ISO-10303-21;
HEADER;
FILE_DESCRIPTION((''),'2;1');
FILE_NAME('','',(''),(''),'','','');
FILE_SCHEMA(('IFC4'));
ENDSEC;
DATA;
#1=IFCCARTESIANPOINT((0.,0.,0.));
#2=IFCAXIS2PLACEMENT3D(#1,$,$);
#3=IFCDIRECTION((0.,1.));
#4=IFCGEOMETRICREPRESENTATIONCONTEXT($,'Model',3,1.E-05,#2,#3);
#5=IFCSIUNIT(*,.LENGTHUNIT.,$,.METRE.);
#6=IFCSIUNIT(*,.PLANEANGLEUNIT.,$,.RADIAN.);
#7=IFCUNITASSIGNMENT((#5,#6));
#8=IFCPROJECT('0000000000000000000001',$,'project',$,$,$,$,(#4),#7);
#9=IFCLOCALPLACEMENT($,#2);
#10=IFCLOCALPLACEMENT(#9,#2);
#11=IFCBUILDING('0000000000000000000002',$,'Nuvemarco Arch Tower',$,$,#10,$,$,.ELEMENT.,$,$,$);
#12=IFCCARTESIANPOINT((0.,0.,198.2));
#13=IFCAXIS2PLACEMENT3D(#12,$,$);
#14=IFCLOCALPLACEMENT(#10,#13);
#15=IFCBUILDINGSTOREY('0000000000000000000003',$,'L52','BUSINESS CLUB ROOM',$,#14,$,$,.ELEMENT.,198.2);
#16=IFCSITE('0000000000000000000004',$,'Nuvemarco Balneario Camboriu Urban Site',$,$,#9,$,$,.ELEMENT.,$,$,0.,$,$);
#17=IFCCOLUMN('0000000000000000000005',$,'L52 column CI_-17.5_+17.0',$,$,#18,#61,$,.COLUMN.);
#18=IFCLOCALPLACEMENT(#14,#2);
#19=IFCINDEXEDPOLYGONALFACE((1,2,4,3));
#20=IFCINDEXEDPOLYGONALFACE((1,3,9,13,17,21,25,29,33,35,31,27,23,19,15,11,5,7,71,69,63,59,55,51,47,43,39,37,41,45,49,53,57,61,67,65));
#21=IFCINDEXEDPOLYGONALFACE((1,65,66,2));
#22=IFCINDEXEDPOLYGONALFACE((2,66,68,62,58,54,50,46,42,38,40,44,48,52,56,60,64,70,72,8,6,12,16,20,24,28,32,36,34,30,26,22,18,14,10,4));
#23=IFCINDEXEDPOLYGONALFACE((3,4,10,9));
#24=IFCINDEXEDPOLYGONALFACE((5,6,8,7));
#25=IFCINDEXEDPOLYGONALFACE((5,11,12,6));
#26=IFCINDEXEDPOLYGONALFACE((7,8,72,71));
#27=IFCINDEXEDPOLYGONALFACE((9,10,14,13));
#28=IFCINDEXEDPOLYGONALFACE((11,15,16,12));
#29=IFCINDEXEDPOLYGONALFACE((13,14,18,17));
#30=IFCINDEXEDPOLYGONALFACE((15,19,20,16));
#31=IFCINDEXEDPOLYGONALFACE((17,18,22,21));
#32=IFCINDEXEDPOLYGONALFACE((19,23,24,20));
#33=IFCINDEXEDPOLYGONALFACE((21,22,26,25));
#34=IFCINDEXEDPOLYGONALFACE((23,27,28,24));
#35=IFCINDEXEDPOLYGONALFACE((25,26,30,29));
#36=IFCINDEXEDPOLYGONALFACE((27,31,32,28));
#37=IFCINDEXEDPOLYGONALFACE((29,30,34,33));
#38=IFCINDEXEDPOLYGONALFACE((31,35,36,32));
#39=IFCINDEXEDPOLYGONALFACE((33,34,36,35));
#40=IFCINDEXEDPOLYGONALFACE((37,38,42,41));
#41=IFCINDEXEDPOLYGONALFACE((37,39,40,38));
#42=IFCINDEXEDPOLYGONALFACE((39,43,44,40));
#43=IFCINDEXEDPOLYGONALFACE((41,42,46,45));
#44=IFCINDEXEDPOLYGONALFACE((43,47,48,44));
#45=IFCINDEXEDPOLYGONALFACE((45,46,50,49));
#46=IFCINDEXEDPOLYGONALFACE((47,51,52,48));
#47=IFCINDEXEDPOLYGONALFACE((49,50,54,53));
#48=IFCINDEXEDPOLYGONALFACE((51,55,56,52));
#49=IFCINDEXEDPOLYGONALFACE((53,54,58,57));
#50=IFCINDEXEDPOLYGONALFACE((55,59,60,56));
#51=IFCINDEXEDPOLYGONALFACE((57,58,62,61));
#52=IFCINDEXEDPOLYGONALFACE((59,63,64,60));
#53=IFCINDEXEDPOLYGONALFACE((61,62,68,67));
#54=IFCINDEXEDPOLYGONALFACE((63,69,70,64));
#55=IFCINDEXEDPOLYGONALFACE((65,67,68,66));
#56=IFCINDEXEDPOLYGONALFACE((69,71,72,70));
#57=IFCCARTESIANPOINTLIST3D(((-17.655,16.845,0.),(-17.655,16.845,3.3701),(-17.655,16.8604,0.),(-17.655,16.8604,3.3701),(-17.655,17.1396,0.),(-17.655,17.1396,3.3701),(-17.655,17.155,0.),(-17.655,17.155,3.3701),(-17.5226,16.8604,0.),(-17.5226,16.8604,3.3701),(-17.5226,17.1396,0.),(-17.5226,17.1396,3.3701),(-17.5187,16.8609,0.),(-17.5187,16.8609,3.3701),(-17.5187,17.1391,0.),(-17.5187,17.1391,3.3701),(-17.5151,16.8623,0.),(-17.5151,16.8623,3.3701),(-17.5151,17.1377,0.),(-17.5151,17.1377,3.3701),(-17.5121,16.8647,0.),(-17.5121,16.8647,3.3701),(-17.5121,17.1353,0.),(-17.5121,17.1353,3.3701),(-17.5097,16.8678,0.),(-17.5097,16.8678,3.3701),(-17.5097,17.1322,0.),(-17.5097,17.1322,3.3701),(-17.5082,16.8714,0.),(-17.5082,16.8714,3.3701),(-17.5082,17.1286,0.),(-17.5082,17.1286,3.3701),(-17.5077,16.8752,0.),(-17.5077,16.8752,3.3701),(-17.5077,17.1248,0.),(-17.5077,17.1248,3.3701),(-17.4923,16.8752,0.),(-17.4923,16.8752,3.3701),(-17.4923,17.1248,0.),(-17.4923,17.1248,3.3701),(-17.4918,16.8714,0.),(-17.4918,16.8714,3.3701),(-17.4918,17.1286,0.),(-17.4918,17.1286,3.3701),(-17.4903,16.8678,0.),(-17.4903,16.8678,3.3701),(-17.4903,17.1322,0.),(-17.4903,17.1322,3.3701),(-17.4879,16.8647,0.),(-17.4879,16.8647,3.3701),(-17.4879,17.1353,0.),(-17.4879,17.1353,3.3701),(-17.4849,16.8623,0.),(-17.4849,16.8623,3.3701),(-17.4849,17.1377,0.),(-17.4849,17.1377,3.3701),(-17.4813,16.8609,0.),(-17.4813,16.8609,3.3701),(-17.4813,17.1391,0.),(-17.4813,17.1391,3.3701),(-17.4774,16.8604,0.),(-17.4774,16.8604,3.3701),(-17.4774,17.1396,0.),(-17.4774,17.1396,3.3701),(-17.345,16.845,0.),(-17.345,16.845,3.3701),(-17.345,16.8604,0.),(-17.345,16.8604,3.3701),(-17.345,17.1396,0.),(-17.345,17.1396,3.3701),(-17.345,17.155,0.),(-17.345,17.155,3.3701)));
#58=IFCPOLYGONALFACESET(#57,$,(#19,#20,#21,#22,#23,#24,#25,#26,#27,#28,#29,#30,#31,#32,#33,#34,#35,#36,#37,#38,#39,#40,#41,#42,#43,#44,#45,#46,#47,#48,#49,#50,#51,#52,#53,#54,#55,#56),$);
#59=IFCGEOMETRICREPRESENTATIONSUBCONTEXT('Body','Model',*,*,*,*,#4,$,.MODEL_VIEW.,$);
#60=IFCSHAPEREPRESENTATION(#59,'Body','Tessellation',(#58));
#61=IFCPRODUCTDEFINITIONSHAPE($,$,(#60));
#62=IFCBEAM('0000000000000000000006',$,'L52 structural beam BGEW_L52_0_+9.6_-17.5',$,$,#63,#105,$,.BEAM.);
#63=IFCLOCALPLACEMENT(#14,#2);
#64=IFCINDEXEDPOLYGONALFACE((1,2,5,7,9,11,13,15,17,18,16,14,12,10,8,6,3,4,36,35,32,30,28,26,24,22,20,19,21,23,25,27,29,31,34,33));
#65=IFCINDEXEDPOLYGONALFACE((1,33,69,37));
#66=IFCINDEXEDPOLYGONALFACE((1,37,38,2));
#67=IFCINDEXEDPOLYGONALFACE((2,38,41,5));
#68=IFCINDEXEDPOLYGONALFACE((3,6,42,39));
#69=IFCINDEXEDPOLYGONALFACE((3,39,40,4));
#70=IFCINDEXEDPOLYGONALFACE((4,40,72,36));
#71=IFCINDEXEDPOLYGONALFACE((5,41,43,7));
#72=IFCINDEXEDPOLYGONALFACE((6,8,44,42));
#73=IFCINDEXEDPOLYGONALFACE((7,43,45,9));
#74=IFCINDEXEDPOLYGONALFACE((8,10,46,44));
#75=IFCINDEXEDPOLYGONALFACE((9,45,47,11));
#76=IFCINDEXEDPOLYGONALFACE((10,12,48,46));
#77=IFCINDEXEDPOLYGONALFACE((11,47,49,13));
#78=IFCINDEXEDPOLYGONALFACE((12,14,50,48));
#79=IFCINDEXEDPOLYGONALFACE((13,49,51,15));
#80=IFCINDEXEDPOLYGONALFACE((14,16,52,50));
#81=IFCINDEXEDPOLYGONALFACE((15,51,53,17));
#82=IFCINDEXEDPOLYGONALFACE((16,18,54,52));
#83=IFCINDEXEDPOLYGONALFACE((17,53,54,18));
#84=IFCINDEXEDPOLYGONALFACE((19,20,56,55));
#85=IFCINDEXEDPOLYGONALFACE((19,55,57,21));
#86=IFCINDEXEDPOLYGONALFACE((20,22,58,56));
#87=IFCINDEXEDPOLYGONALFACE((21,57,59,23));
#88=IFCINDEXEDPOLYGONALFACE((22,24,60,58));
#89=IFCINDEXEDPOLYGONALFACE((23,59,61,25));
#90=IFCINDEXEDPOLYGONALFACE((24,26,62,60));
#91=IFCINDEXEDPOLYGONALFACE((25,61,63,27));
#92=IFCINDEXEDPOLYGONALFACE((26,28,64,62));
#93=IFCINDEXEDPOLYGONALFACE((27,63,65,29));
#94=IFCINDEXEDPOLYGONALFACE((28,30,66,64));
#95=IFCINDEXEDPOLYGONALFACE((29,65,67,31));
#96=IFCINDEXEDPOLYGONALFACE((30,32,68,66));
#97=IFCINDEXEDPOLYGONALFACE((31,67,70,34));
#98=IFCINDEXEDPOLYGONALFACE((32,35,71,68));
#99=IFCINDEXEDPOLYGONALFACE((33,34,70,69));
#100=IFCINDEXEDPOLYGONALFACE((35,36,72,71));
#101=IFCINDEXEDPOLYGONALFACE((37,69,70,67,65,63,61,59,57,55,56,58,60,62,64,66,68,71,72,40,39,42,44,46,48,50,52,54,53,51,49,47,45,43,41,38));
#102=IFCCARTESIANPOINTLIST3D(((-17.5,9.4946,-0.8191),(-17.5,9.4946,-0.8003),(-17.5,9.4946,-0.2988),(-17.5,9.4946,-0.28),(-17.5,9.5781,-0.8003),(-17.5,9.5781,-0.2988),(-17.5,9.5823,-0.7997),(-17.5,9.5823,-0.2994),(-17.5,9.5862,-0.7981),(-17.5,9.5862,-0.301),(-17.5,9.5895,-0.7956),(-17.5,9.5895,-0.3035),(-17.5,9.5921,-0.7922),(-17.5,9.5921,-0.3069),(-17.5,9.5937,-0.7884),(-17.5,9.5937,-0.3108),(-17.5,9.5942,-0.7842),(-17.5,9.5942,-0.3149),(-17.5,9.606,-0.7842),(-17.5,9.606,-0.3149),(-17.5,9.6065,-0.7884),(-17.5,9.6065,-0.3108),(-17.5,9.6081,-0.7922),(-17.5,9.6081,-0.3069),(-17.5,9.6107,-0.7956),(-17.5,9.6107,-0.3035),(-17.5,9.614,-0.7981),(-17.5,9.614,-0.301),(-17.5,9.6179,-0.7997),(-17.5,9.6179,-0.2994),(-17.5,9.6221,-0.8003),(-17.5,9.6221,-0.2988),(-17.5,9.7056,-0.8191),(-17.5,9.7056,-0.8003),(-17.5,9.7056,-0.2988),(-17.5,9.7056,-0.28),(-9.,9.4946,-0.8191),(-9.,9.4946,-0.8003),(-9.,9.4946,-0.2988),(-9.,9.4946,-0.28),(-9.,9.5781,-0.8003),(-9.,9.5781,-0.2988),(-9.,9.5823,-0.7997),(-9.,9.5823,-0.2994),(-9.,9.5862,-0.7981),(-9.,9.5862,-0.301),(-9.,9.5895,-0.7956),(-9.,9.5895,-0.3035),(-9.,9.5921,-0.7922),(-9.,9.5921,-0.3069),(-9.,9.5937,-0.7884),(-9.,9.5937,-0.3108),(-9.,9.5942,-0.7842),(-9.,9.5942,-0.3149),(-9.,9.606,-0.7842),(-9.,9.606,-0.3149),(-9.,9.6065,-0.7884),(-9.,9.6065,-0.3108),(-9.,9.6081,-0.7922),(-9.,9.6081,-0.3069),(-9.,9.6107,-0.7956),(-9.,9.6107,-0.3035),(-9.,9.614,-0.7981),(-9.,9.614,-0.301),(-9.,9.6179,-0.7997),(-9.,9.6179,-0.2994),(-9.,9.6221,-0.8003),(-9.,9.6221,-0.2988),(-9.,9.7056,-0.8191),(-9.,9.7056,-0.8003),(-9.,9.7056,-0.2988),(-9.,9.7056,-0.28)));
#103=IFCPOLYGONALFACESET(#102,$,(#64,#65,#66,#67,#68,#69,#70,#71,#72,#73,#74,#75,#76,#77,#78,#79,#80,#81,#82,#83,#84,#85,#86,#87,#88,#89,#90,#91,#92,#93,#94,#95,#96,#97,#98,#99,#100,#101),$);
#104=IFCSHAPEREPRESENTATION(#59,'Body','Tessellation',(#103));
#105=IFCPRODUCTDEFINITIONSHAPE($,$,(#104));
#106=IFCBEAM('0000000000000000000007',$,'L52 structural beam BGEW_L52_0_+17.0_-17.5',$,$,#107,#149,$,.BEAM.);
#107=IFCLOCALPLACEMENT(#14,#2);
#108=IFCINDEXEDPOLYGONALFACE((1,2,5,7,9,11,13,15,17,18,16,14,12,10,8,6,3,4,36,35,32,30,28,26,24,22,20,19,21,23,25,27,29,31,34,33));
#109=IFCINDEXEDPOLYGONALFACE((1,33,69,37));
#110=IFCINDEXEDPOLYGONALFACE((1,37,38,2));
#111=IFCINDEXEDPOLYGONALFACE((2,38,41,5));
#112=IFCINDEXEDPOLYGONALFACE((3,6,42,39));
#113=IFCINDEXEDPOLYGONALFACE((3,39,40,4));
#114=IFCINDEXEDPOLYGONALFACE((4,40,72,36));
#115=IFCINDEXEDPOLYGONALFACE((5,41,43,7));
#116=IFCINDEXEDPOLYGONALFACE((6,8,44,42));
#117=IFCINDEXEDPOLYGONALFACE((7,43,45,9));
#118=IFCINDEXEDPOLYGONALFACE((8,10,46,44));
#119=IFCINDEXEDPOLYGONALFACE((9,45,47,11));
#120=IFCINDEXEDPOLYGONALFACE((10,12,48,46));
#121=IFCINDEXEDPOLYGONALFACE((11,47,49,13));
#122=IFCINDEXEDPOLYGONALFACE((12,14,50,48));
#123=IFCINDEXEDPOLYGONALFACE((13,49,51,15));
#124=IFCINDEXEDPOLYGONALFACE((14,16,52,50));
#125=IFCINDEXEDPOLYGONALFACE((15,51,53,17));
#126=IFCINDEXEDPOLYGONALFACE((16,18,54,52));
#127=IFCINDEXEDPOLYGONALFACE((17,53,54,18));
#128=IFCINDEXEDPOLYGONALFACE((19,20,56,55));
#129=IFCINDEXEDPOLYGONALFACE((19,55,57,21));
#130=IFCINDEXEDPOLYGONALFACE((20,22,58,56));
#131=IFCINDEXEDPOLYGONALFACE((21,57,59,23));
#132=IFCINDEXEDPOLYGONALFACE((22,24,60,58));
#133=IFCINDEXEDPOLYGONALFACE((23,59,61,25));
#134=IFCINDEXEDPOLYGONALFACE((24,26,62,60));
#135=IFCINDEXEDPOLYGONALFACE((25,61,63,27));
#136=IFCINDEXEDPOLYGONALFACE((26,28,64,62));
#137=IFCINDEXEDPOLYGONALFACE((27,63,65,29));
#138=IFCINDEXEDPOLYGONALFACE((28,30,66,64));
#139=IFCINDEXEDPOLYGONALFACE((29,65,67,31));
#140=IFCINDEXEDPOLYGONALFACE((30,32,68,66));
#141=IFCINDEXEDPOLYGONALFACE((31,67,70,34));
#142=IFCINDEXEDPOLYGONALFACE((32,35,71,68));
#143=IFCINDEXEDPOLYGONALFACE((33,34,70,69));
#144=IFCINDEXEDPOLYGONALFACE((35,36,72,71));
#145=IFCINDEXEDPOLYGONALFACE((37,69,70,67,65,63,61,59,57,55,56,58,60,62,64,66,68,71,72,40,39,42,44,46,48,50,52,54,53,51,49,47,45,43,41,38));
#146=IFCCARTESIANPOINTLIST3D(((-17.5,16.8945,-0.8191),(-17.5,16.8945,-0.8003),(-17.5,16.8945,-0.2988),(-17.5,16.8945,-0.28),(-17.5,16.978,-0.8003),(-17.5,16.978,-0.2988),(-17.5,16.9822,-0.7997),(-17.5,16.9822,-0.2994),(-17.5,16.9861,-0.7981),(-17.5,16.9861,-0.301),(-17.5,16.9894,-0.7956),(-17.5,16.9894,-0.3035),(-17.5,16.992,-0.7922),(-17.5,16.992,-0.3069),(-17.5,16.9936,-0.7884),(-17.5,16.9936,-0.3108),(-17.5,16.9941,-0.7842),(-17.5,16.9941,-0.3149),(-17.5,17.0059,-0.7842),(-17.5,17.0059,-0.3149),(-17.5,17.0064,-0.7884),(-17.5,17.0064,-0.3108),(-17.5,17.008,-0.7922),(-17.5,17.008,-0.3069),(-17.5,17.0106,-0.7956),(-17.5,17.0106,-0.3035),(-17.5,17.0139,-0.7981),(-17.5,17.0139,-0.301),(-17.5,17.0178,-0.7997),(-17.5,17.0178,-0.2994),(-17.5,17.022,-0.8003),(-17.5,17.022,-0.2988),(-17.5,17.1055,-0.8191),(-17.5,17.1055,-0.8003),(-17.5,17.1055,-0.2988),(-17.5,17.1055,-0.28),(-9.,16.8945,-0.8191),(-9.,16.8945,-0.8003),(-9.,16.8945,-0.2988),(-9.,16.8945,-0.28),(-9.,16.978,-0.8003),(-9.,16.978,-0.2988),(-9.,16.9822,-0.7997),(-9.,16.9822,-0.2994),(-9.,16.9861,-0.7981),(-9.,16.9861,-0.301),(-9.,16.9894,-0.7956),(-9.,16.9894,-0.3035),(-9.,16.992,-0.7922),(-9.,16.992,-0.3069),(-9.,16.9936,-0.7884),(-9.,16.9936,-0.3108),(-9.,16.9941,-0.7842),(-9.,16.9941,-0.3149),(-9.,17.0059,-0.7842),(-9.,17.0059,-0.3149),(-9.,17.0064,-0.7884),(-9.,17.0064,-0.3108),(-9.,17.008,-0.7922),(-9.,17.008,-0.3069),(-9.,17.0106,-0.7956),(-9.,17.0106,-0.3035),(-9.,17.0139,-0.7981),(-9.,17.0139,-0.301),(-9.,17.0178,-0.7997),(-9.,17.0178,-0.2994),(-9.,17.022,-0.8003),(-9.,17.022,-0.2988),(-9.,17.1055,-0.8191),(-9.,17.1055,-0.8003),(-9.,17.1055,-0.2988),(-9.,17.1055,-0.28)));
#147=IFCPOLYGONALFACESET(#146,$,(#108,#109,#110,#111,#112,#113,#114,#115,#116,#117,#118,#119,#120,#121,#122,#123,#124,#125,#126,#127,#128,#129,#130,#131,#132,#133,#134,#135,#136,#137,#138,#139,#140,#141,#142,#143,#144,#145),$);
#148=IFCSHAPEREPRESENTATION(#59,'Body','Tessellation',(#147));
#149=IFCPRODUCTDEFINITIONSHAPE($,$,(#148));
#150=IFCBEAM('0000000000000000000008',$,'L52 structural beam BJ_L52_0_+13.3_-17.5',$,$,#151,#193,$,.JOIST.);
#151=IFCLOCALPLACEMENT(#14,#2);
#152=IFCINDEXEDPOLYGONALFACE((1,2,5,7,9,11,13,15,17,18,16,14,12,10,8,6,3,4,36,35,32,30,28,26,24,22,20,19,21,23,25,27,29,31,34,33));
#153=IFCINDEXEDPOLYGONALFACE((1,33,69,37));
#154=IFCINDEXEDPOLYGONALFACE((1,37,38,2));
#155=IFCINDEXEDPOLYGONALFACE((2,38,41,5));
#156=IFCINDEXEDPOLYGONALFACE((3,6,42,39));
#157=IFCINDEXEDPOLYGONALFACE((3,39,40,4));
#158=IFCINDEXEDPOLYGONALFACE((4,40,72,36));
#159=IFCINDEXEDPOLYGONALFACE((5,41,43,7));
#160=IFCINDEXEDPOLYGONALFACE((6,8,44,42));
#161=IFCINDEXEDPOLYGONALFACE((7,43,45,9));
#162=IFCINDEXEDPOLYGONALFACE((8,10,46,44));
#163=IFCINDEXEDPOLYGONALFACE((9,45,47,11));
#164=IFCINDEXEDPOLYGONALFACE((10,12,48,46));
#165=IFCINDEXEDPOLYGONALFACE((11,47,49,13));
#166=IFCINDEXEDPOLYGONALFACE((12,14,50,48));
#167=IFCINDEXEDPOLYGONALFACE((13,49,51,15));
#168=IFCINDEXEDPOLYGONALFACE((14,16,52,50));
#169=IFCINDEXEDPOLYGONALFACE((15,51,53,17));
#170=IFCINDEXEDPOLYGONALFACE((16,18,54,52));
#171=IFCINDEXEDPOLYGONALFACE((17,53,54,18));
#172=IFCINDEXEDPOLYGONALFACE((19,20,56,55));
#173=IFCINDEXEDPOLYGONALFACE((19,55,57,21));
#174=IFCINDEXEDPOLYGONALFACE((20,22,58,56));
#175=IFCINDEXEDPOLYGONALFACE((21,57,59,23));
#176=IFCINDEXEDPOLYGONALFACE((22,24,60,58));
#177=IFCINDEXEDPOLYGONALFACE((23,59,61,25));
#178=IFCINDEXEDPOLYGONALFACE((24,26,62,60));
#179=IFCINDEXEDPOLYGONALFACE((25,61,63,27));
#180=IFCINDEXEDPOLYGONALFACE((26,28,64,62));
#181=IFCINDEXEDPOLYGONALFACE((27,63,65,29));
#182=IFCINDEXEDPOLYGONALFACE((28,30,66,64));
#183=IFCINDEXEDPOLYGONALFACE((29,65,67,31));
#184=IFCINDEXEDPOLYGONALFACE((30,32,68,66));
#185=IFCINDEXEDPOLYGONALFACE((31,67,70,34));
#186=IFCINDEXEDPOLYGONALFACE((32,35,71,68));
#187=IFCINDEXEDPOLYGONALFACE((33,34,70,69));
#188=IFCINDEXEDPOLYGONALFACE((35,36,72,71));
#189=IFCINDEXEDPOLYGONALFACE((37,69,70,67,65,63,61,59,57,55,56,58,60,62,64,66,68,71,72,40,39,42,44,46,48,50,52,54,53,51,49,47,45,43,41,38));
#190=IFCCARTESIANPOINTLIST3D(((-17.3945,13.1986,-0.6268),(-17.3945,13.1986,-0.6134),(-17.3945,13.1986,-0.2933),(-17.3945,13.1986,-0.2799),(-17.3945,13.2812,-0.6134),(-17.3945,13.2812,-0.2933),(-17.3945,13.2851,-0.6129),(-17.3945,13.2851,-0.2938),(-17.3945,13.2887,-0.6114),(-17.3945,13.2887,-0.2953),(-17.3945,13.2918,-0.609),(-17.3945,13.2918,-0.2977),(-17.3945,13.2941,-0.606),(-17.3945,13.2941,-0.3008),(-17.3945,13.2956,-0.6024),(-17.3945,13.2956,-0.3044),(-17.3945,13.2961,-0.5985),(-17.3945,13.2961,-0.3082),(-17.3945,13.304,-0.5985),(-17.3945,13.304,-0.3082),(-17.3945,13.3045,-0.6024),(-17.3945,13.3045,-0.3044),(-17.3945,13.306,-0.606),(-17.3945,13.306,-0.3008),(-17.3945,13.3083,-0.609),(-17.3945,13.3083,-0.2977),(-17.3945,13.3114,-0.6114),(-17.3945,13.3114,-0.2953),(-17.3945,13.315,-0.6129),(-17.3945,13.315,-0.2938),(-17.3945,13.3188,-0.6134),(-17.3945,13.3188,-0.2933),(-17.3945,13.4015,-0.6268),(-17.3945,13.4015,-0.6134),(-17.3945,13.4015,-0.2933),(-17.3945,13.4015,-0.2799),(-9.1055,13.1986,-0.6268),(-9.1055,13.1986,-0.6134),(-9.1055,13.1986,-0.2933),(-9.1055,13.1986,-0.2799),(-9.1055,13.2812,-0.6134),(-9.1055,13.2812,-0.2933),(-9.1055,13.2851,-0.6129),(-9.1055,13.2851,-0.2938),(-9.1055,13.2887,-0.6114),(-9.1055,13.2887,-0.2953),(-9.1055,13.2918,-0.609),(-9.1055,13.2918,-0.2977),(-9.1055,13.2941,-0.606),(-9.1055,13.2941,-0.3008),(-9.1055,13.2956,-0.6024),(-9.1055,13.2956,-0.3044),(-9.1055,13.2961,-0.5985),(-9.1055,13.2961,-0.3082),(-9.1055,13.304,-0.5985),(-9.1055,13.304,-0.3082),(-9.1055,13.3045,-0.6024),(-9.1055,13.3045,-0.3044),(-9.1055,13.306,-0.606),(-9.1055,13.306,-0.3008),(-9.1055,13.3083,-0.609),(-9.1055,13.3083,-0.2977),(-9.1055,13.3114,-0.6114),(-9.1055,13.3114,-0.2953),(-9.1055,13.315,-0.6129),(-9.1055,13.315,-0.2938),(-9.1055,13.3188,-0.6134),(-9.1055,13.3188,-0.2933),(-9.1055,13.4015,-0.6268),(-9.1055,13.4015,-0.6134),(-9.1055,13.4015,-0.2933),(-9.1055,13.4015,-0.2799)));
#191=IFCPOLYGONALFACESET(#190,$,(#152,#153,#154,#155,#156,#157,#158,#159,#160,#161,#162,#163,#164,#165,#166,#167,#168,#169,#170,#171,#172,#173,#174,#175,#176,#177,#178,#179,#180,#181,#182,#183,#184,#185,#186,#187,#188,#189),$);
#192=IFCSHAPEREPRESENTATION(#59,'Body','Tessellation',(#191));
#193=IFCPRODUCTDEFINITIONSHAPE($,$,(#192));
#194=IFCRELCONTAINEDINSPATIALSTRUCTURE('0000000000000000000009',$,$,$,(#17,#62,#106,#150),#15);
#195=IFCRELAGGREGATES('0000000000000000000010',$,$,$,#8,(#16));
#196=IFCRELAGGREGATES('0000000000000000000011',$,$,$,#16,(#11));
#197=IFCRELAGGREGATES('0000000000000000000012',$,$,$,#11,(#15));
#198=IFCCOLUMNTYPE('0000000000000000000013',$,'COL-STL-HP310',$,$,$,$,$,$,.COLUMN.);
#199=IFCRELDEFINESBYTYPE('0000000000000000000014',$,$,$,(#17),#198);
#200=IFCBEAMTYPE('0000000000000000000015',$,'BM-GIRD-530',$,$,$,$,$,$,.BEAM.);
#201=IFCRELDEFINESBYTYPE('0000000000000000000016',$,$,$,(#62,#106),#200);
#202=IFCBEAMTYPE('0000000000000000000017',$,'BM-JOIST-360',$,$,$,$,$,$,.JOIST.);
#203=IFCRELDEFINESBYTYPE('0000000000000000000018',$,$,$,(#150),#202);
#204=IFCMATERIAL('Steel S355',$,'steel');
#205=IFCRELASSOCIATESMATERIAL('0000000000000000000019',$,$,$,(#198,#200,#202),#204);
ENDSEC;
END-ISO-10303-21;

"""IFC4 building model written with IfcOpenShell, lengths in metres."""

from ifc_helpers import new_model, si_unit, direction, frame, origin, origin_2d, place, context, subcontext, project, spatial, i_section, extrude, material, material_profile, profile_set, type_object, element, save


model = new_model("IFC4")

# Units and contexts
model_context = context("Model", 3, precision=1e-05, world=origin(), true_north=direction((0.0, 1.0)))
body_context = subcontext(model_context, "Body", "Model", "MODEL_VIEW")
ifc_project = project(units=[si_unit("LENGTHUNIT", "METRE"), si_unit("PLANEANGLEUNIT", "RADIAN")], contexts=[model_context])

# Site, building, storey
site_placement = place(None, origin())
site = spatial("IfcSite", under=ifc_project, at=site_placement, Name="Nuvemarco Balneario Camboriu Urban Site", CompositionType="ELEMENT", RefElevation=0.0)
building_placement = place(site_placement, origin())
building = spatial("IfcBuilding", under=site, at=building_placement, Name="Nuvemarco Arch Tower", CompositionType="ELEMENT")
storey_placement = place(building_placement, frame((0.0, 0.0, 198.2)))
storey = spatial("IfcBuildingStorey", under=building, at=storey_placement, Name="L52", Description="BUSINESS CLUB ROOM", CompositionType="ELEMENT", Elevation=198.2)

# Column
ifc_material_1 = material(Name="Steel S355", Category="steel")
ifc_material_profile_1 = material_profile(ifc_material_1, i_section(OverallWidth=0.3101, OverallDepth=0.3101, WebThickness=0.0154, FlangeThickness=0.0154, FilletRadius=0.0149, at=origin_2d()), Name="HP310x110")
ifc_profile_set_1 = profile_set([ifc_material_profile_1], Name="Steel S355")
column_type = type_object("IfcColumnType", Name="COL-STL-HP310", PredefinedType="COLUMN", material=ifc_profile_set_1)
column_placement = place(storey_placement, frame((-17.5, 17.0, 0.0), z_axis=(0.0, 0.0, 1.0), x_axis=(1.0, 0.0, 0.0)))
element("IfcColumn", 1, at=column_placement, inside=storey, type_object=column_type, Name="L52 column CI_-17.5_+17.0", PredefinedType="COLUMN", context=body_context, shape_type="SweptSolid", body=[
    extrude(i_section(OverallWidth=0.3101, OverallDepth=0.3101, WebThickness=0.0154, FlangeThickness=0.0154, FilletRadius=0.0149, at=origin_2d()), origin(), (0.0, 0.0, 1.0), 3.3701),
])

# Beams
ifc_material_profile_2 = material_profile(ifc_material_1, i_section(OverallWidth=0.2109, OverallDepth=0.5391, WebThickness=0.0117, FlangeThickness=0.0188, FilletRadius=0.0161, at=origin_2d()), Name="W530x109")
ifc_profile_set_2 = profile_set([ifc_material_profile_2], Name="Steel S355")
beam_type_1 = type_object("IfcBeamType", Name="BM-GIRD-530", PredefinedType="BEAM", material=ifc_profile_set_2)
for number, where, z_axis, x_axis, name in (
    (2, (-17.5, 9.6001, -0.5496), (1.0, 0.0, 0.0), (0.0, 1.0, 0.0), "L52 structural beam BGEW_L52_0_+9.6_-17.5"),
    (3, (-17.5, 17.0, -0.5496), (1.0, 0.0, 0.0), (0.0, 1.0, 0.0), "L52 structural beam BGEW_L52_0_+17.0_-17.5"),
):
    element("IfcBeam", number, at=place(storey_placement, frame(where, z_axis=z_axis, x_axis=x_axis)), inside=storey, type_object=beam_type_1, Name=name, PredefinedType="BEAM", context=body_context, shape_type="SweptSolid", body=[
        extrude(i_section(OverallWidth=0.2109, OverallDepth=0.5391, WebThickness=0.0117, FlangeThickness=0.0188, FilletRadius=0.0161, at=origin_2d()), origin(), (0.0, 0.0, 1.0), 8.5),
    ])
ifc_material_profile_3 = material_profile(ifc_material_1, i_section(OverallWidth=0.2029, OverallDepth=0.3469, WebThickness=0.0078, FlangeThickness=0.0134, FilletRadius=0.0149, at=origin_2d()), Name="W360x64")
ifc_profile_set_3 = profile_set([ifc_material_profile_3], Name="Steel S355")
beam_type_2 = type_object("IfcBeamType", Name="BM-JOIST-360", PredefinedType="JOIST", material=ifc_profile_set_3)
beam_placement = place(storey_placement, frame((-17.3945, 13.3, -0.4534), z_axis=(1.0, 0.0, 0.0), x_axis=(0.0, 1.0, 0.0)))
element("IfcBeam", 4, at=beam_placement, inside=storey, type_object=beam_type_2, Name="L52 structural beam BJ_L52_0_+13.3_-17.5", PredefinedType="JOIST", context=body_context, shape_type="SweptSolid", body=[
    extrude(i_section(OverallWidth=0.2029, OverallDepth=0.3469, WebThickness=0.0078, FlangeThickness=0.0134, FilletRadius=0.0149, at=origin_2d()), origin(), (0.0, 0.0, 1.0), 8.2891),
])

save(model, "model.ifc")
